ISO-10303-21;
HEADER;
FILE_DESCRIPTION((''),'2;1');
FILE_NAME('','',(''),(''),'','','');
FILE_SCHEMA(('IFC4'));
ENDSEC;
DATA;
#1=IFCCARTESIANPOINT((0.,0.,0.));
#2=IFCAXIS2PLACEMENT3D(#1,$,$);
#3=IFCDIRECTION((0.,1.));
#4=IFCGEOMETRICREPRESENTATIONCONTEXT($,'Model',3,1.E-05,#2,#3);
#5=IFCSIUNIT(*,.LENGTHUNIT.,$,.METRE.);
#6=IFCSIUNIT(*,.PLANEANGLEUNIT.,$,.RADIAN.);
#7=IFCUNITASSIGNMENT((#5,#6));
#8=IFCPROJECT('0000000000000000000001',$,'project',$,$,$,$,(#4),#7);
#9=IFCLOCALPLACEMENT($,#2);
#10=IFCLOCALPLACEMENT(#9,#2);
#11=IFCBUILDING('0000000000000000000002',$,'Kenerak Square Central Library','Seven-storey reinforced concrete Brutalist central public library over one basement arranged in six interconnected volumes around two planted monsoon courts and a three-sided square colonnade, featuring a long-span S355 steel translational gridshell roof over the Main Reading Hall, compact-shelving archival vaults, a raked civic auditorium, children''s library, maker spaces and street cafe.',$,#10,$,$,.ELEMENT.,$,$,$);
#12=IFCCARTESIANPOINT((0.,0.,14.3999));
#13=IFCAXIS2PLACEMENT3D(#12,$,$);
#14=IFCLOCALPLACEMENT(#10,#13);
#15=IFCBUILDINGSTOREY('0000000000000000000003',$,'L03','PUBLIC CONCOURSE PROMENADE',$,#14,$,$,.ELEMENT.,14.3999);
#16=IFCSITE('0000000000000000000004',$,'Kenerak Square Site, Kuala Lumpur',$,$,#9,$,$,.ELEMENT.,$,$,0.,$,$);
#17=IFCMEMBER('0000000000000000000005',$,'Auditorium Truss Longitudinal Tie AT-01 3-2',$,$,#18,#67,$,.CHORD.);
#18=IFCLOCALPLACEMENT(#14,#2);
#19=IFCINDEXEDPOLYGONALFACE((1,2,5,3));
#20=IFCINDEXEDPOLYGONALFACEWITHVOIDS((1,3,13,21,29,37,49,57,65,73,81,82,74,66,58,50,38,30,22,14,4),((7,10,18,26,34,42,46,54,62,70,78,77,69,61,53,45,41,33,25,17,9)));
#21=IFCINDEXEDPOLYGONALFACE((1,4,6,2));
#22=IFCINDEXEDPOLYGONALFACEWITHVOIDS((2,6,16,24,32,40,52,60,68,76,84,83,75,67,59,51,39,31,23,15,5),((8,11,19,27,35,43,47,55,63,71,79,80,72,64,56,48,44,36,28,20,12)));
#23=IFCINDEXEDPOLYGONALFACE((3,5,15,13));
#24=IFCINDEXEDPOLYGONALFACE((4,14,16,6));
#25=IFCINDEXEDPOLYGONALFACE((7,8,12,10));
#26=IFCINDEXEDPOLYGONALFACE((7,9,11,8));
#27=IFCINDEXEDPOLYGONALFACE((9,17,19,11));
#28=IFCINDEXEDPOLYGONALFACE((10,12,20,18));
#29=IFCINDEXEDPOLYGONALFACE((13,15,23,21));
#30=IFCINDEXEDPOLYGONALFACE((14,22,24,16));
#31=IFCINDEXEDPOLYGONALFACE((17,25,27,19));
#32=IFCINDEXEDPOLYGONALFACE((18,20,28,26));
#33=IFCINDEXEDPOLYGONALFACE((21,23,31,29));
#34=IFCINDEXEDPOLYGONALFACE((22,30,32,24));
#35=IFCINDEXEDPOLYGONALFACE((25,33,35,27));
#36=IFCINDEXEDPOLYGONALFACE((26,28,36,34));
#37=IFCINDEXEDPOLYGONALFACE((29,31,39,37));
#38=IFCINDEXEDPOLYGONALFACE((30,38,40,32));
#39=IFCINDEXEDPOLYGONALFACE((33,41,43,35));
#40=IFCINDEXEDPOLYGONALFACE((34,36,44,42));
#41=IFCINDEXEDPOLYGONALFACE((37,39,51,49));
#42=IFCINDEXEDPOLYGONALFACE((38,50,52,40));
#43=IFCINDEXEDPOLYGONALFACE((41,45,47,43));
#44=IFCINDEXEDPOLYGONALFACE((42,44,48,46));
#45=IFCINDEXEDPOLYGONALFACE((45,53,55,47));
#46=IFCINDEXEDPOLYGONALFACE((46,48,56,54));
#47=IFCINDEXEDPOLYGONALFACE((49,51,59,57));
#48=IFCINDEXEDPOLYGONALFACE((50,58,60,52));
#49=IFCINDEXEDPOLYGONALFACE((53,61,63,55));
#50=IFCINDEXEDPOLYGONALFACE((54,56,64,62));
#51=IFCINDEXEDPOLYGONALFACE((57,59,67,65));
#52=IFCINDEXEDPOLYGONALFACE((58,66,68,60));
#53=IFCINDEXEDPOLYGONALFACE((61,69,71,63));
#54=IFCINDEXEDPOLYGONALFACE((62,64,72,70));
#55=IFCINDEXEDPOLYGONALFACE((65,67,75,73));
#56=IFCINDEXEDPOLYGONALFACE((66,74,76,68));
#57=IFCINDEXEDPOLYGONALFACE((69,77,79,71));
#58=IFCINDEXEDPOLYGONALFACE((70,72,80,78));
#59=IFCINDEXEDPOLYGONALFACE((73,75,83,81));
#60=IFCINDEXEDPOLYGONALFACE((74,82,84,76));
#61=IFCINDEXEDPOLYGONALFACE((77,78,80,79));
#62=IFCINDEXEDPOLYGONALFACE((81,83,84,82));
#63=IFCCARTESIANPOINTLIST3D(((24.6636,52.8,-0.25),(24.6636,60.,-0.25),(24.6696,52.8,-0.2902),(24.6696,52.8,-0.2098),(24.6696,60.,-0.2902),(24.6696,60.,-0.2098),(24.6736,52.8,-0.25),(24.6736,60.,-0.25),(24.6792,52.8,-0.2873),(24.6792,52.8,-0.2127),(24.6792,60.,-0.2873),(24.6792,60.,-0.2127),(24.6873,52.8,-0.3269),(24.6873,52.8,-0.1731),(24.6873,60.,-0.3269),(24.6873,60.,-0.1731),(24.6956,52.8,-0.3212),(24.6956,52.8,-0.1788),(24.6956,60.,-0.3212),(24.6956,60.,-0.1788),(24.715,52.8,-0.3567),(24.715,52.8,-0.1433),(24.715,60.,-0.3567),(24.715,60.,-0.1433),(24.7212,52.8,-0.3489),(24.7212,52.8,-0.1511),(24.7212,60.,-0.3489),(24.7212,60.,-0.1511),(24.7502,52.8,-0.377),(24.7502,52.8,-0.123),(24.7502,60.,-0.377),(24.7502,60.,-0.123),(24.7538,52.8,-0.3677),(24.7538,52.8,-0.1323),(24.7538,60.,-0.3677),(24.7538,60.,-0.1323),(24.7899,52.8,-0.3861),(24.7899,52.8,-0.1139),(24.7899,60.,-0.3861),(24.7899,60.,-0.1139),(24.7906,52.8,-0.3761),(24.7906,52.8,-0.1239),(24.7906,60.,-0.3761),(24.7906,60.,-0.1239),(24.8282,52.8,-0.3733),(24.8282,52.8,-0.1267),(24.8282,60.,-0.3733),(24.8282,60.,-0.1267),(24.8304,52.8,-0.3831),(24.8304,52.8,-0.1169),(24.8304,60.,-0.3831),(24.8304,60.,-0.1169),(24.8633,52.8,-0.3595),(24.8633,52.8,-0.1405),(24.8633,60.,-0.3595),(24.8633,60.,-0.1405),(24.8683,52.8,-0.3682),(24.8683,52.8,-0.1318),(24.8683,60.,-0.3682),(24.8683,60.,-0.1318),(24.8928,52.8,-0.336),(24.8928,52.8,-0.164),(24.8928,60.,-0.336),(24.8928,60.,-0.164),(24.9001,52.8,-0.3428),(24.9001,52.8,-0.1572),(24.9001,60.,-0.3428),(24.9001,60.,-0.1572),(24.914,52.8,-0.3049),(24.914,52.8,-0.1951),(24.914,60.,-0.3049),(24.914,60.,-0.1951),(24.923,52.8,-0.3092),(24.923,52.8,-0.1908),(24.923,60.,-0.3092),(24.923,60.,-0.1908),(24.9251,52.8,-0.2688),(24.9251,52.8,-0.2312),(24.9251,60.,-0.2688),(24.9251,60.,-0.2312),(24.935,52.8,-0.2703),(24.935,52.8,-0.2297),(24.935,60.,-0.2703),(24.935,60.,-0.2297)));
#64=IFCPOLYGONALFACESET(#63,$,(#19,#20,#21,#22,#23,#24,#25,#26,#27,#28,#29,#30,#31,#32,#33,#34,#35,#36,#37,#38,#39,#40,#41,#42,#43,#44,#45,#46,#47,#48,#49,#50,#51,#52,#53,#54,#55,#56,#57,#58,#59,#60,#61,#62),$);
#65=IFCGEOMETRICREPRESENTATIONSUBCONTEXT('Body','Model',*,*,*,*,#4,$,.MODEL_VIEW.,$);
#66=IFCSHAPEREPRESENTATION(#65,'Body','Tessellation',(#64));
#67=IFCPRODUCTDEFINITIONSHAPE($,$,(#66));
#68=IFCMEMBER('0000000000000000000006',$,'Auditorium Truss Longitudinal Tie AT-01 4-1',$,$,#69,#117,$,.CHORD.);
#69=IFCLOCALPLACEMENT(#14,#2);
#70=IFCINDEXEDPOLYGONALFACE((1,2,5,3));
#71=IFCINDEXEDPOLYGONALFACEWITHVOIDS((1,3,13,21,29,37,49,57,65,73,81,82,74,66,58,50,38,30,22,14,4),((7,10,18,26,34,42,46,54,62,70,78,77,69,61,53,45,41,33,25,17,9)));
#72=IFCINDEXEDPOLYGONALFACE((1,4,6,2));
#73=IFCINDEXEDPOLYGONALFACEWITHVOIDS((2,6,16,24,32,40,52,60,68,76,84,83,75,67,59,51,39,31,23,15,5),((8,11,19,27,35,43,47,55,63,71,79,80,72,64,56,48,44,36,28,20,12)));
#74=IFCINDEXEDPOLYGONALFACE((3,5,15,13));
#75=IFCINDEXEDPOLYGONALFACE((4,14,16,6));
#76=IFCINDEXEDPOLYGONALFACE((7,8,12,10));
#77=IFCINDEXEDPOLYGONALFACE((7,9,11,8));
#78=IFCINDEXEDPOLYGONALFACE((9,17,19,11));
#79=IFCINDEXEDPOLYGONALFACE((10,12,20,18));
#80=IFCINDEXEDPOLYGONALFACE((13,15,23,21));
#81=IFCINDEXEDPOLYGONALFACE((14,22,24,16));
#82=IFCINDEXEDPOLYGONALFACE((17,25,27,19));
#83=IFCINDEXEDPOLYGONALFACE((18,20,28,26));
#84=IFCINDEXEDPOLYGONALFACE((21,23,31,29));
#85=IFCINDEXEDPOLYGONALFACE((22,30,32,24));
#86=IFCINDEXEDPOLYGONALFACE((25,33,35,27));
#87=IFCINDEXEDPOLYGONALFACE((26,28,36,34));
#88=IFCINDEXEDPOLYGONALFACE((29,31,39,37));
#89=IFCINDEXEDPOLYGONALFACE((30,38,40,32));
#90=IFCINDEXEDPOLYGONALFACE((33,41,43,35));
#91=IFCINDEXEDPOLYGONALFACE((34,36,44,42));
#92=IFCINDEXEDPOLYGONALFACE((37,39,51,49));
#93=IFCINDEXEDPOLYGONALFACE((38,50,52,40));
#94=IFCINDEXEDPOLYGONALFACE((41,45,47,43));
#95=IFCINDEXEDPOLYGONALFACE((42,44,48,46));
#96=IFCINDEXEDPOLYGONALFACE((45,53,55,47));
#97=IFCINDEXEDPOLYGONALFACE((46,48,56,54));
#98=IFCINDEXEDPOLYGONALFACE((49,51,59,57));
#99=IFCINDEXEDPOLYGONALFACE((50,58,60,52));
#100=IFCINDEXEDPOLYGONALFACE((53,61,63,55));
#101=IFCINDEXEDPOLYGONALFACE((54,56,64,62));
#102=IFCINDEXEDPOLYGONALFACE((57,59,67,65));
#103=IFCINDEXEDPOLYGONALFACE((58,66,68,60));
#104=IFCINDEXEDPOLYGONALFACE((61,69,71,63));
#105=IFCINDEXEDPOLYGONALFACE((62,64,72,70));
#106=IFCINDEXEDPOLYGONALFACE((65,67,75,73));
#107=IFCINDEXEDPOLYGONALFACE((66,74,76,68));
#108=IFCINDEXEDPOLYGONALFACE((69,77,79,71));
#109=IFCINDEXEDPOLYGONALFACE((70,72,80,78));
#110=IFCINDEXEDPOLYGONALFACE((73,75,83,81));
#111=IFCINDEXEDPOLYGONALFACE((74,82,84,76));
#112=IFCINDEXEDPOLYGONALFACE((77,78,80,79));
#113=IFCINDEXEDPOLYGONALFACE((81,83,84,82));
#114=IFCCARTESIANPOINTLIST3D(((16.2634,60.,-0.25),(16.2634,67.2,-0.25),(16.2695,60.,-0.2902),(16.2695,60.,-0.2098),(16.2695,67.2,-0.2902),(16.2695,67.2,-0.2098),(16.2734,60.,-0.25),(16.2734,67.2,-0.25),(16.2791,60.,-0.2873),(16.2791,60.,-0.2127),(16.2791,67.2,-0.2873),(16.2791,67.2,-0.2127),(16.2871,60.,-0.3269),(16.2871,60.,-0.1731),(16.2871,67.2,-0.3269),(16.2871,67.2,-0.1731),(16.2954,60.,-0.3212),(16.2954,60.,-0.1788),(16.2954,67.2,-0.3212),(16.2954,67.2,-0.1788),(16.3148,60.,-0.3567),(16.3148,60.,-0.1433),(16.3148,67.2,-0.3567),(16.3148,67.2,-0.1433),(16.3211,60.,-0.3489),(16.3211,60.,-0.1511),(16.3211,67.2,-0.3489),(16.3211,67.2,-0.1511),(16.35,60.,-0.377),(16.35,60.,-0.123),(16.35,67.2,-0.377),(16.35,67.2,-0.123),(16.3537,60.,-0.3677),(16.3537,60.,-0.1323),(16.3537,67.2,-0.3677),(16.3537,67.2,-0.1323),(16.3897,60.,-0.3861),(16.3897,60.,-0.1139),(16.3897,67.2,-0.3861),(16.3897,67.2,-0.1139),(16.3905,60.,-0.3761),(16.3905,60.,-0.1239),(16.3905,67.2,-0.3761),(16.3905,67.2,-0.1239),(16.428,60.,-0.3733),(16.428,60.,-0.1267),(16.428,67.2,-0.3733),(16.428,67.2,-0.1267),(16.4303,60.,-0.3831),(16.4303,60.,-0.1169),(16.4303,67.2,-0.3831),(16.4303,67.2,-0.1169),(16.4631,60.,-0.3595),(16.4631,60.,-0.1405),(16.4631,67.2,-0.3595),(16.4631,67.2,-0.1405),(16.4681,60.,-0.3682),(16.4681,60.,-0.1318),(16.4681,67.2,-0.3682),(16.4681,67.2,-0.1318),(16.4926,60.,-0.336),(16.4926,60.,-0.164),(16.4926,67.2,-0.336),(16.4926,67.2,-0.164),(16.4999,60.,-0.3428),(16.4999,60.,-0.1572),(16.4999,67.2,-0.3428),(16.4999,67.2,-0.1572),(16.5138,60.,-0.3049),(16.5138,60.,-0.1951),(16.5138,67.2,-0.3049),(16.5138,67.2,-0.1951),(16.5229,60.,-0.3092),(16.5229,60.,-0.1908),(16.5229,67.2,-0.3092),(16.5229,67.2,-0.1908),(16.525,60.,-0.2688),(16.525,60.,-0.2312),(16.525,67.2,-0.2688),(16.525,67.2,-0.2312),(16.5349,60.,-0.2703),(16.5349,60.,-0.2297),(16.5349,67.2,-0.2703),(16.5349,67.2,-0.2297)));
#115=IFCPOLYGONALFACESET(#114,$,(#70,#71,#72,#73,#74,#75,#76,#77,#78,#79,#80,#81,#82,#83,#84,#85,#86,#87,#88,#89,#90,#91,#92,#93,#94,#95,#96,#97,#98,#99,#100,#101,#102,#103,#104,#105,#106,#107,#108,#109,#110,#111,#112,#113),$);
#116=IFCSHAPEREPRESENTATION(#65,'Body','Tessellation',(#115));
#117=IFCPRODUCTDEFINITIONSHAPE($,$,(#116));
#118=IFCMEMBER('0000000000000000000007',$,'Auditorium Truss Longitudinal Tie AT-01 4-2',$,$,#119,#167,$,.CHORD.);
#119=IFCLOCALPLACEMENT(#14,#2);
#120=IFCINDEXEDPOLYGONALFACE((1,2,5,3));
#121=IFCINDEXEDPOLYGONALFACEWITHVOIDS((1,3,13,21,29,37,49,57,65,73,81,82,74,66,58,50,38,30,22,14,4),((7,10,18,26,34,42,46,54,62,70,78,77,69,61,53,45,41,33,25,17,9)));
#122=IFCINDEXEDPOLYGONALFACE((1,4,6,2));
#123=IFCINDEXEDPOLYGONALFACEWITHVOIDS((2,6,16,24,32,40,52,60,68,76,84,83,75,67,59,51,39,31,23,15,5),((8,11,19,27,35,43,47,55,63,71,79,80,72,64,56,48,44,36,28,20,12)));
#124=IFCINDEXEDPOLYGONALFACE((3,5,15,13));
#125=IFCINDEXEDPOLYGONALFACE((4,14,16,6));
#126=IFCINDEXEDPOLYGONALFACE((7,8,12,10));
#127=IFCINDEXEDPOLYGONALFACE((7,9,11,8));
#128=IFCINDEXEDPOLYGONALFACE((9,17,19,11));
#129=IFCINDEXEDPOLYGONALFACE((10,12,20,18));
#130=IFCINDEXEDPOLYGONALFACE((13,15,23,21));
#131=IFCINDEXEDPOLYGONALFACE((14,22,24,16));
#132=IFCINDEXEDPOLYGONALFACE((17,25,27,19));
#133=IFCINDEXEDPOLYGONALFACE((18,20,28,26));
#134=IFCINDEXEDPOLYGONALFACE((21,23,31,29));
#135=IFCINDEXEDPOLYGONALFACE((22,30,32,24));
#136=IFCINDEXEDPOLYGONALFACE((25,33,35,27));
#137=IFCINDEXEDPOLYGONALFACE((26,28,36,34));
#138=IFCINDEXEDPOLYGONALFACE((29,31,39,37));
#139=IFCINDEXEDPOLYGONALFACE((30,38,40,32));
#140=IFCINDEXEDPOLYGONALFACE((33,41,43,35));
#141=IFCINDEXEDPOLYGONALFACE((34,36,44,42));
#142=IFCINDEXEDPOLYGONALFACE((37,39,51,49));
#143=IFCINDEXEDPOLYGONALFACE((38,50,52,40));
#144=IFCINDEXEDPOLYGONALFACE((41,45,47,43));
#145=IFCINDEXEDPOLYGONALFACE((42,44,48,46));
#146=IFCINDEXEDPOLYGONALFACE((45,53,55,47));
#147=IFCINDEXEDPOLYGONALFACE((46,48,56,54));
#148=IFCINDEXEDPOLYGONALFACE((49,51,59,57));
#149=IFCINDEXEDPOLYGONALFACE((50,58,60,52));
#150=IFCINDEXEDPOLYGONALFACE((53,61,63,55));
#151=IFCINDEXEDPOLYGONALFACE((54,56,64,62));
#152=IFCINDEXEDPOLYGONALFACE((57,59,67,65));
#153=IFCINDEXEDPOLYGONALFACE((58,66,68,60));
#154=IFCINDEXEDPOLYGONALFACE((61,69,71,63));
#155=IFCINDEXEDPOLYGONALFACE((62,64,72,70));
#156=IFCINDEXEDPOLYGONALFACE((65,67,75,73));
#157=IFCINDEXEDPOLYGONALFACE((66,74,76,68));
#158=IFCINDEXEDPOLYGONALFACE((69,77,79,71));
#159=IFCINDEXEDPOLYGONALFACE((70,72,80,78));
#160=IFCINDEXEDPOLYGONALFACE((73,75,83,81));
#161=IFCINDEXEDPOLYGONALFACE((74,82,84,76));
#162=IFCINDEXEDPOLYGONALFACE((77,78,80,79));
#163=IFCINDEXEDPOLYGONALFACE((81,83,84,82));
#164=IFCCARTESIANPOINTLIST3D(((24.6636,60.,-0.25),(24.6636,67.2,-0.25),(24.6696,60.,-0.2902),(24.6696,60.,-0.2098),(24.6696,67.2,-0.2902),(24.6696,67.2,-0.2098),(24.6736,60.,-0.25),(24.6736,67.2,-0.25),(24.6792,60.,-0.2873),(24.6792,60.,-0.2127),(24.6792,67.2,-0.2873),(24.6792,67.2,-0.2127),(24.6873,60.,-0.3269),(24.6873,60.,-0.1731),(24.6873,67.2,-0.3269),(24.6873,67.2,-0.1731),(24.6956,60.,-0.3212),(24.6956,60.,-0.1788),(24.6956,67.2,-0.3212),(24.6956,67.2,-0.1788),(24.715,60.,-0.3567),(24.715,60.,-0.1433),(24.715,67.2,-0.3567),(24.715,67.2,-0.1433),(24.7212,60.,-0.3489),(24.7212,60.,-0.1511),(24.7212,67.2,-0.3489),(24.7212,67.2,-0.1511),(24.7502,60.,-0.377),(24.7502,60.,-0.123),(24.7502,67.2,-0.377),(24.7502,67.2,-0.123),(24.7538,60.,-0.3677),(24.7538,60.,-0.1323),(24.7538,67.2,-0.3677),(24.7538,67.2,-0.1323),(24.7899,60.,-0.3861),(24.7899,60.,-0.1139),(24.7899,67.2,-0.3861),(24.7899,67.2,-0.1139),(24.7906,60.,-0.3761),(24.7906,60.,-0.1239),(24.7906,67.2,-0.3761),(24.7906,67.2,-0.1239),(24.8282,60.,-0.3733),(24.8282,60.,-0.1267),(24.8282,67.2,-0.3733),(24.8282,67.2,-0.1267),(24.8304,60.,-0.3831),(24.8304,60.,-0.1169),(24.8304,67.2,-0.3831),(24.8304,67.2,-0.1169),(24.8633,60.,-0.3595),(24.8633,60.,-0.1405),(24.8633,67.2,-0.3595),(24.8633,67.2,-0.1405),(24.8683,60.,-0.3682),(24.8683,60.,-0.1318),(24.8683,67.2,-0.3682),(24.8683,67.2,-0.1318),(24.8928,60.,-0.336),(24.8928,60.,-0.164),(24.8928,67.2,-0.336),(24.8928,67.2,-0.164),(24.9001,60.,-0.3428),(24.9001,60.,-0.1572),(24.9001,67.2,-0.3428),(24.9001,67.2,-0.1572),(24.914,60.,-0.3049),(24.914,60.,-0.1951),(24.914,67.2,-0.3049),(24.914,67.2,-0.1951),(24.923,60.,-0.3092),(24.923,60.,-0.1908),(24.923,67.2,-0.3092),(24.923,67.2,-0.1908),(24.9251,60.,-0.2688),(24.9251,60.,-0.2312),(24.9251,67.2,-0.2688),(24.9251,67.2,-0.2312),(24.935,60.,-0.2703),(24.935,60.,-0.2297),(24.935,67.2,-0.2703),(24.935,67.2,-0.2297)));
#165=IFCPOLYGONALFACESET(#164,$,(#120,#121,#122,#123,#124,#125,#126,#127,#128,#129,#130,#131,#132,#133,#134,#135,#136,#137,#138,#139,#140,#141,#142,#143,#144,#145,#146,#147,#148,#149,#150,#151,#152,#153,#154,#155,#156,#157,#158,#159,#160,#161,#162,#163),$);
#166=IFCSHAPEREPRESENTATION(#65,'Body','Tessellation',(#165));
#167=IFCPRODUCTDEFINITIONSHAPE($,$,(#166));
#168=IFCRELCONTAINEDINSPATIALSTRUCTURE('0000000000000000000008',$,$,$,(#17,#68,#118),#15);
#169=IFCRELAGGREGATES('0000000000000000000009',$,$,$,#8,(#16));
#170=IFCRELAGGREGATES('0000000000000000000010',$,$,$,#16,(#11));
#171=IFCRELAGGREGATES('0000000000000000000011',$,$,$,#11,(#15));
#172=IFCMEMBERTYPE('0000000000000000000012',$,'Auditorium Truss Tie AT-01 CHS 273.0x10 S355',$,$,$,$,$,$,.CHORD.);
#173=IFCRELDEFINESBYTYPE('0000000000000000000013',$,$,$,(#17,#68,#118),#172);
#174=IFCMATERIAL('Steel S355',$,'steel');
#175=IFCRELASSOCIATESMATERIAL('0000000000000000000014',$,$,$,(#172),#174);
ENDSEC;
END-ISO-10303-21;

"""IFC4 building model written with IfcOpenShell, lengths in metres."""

from ifc_helpers import new_model, si_unit, direction, frame, origin, origin_2d, place, context, subcontext, project, spatial, hollow_circle, extrude, material, material_profile, profile_set, type_object, element, save


model = new_model("IFC4")

# Units and contexts
model_context = context("Model", 3, precision=1e-05, world=origin(), true_north=direction((0.0, 1.0)))
body_context = subcontext(model_context, "Body", "Model", "MODEL_VIEW")
ifc_project = project(units=[si_unit("LENGTHUNIT", "METRE"), si_unit("PLANEANGLEUNIT", "RADIAN")], contexts=[model_context])

# Site, building, storey
site_placement = place(None, origin())
site = spatial("IfcSite", under=ifc_project, at=site_placement, Name="Kenerak Square Site, Kuala Lumpur", CompositionType="ELEMENT", RefElevation=0.0)
building_placement = place(site_placement, origin())
building = spatial("IfcBuilding", under=site, at=building_placement, Name="Kenerak Square Central Library", Description="Seven-storey reinforced concrete Brutalist central public library over one basement arranged in six interconnected volumes around two planted monsoon courts and a three-sided square colonnade, featuring a long-span S355 steel translational gridshell roof over the Main Reading Hall, compact-shelving archival vaults, a raked civic auditorium, children's library, maker spaces and street cafe.", CompositionType="ELEMENT")
storey_placement = place(building_placement, frame((0.0, 0.0, 14.3999)))
storey = spatial("IfcBuildingStorey", under=building, at=storey_placement, Name="L03", Description="PUBLIC CONCOURSE PROMENADE", CompositionType="ELEMENT", Elevation=14.3999)

# Members
ifc_material_1 = material(Name="Steel S355", Category="steel")
ifc_material_profile_1 = material_profile(ifc_material_1, hollow_circle(Radius=0.1365, WallThickness=0.01, at=origin_2d()), Name="CHS 273.0x10.0")
ifc_profile_set_1 = profile_set([ifc_material_profile_1], Name="Steel S355")
member_type_1 = type_object("IfcMemberType", Name="Auditorium Truss Tie AT-01 CHS 273.0x10 S355", PredefinedType="CHORD", material=ifc_profile_set_1)
for number, where, z_axis, x_axis, name in (
    (1, (24.8, 52.8, -0.25), (0.0, 1.0, 0.0), (-1.0, 0.0, 0.0), "Auditorium Truss Longitudinal Tie AT-01 3-2"),
    (2, (16.3999, 60.0, -0.25), (0.0, 1.0, 0.0), (-1.0, 0.0, 0.0), "Auditorium Truss Longitudinal Tie AT-01 4-1"),
    (3, (24.8, 60.0, -0.25), (0.0, 1.0, 0.0), (-1.0, 0.0, 0.0), "Auditorium Truss Longitudinal Tie AT-01 4-2"),
):
    element("IfcMember", number, at=place(storey_placement, frame(where, z_axis=z_axis, x_axis=x_axis)), inside=storey, type_object=member_type_1, Name=name, PredefinedType="CHORD", context=body_context, shape_type="SweptSolid", body=[
        extrude(hollow_circle(Radius=0.1365, WallThickness=0.01, at=origin_2d()), origin(), (0.0, 0.0, 1.0), 7.2),
    ])

save(model, "model.ifc")
